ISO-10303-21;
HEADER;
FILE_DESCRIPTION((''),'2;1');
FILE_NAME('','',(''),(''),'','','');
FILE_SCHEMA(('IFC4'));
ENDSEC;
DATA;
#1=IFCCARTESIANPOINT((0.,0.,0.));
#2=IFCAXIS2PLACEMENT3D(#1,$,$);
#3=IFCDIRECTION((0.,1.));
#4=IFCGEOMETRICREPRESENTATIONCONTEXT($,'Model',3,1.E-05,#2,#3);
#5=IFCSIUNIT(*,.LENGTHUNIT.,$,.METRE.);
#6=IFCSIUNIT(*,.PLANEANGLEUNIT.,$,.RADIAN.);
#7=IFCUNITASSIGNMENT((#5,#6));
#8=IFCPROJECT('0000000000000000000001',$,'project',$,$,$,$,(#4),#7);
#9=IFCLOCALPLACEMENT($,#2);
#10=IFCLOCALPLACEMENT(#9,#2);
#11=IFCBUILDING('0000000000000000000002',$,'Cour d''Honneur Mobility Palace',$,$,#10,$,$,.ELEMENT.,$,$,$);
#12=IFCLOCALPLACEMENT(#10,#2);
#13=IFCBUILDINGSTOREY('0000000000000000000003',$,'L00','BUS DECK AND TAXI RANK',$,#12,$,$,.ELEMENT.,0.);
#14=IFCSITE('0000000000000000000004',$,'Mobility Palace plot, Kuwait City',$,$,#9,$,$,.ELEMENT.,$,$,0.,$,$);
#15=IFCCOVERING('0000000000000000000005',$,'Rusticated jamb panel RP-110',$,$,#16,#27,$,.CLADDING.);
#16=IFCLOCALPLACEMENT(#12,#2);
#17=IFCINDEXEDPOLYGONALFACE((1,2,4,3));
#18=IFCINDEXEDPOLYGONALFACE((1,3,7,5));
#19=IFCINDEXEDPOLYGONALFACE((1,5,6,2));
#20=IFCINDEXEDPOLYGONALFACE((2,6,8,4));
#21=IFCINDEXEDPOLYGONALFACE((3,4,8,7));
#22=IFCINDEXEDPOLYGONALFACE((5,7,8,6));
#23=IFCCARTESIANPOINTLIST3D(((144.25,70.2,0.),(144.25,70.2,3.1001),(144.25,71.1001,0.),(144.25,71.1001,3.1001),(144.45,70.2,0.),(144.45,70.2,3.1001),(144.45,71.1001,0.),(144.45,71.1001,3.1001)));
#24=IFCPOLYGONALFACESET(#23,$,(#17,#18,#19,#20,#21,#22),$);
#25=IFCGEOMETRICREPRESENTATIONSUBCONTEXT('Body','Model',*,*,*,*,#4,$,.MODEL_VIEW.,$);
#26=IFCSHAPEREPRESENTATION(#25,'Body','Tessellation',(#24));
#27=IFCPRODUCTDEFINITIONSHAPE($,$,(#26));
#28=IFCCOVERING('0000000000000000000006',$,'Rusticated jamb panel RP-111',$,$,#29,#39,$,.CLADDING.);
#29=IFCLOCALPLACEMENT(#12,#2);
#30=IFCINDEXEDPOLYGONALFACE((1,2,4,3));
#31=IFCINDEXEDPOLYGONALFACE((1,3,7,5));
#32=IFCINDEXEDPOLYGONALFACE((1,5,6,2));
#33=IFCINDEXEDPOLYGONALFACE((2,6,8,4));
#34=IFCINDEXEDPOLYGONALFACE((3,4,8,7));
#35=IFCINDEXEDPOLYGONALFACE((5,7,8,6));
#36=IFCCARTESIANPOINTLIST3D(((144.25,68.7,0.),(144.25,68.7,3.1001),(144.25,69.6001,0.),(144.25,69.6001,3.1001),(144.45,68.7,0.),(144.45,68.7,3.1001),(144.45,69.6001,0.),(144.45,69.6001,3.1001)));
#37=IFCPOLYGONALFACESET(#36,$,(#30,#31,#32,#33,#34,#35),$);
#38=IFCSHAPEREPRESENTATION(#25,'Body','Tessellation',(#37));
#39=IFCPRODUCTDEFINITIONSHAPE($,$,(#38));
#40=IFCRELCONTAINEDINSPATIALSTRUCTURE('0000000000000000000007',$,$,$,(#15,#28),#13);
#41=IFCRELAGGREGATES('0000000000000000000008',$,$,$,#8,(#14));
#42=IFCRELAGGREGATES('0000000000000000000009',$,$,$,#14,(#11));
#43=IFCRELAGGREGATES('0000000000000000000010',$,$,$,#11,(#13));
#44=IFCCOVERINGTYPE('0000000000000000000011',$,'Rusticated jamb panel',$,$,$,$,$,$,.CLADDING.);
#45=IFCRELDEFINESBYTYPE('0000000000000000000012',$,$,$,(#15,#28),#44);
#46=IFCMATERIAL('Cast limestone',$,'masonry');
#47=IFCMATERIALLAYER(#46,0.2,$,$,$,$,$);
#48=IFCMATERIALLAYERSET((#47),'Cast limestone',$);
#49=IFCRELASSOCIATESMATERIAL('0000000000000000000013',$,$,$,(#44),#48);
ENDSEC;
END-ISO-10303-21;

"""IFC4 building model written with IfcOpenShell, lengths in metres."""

from ifc_helpers import new_model, si_unit, direction, frame, origin, place, context, subcontext, project, spatial, polyline, outline, extrude, material, layer, layer_set, type_object, element, save


model = new_model("IFC4")

# Units and contexts
model_context = context("Model", 3, precision=1e-05, world=origin(), true_north=direction((0.0, 1.0)))
body_context = subcontext(model_context, "Body", "Model", "MODEL_VIEW")
ifc_project = project(units=[si_unit("LENGTHUNIT", "METRE"), si_unit("PLANEANGLEUNIT", "RADIAN")], contexts=[model_context])

# Site, building, storey
site_placement = place(None, origin())
site = spatial("IfcSite", under=ifc_project, at=site_placement, Name="Mobility Palace plot, Kuwait City", CompositionType="ELEMENT", RefElevation=0.0)
building_placement = place(site_placement, origin())
building = spatial("IfcBuilding", under=site, at=building_placement, Name="Cour d'Honneur Mobility Palace", CompositionType="ELEMENT")
storey_placement = place(building_placement, origin())
storey = spatial("IfcBuildingStorey", under=building, at=storey_placement, Name="L00", Description="BUS DECK AND TAXI RANK", CompositionType="ELEMENT", Elevation=0.0)

# Coverings
ifc_material_1 = material(Name="Cast limestone", Category="masonry")
ifc_layer_1 = layer(ifc_material_1, 0.2)
ifc_layer_set_1 = layer_set([ifc_layer_1], Name="Cast limestone")
covering_type_1 = type_object("IfcCoveringType", Name="Rusticated jamb panel", PredefinedType="CLADDING", material=ifc_layer_set_1)
for number, where, z_axis, x_axis, name in (
    (1, (144.25, 71.1001, 0.0), (-1.0, 0.0, 0.0), (0.0, -1.0, 0.0), "Rusticated jamb panel RP-110"),
    (2, (144.25, 69.6001, 0.0), (-1.0, 0.0, 0.0), (0.0, -1.0, 0.0), "Rusticated jamb panel RP-111"),
):
    element("IfcCovering", number, at=place(storey_placement, frame(where, z_axis=z_axis, x_axis=x_axis)), inside=storey, type_object=covering_type_1, Name=name, PredefinedType="CLADDING", context=body_context, shape_type="SweptSolid", body=[
        extrude(outline(polyline([(0.0, 0.0), (0.9001, 0.0), (0.9001, 3.1001), (0.0, 3.1001), (0.0, 0.0)])), origin(), (0.0, 0.0, -1.0), 0.2),
    ])

save(model, "model.ifc")
